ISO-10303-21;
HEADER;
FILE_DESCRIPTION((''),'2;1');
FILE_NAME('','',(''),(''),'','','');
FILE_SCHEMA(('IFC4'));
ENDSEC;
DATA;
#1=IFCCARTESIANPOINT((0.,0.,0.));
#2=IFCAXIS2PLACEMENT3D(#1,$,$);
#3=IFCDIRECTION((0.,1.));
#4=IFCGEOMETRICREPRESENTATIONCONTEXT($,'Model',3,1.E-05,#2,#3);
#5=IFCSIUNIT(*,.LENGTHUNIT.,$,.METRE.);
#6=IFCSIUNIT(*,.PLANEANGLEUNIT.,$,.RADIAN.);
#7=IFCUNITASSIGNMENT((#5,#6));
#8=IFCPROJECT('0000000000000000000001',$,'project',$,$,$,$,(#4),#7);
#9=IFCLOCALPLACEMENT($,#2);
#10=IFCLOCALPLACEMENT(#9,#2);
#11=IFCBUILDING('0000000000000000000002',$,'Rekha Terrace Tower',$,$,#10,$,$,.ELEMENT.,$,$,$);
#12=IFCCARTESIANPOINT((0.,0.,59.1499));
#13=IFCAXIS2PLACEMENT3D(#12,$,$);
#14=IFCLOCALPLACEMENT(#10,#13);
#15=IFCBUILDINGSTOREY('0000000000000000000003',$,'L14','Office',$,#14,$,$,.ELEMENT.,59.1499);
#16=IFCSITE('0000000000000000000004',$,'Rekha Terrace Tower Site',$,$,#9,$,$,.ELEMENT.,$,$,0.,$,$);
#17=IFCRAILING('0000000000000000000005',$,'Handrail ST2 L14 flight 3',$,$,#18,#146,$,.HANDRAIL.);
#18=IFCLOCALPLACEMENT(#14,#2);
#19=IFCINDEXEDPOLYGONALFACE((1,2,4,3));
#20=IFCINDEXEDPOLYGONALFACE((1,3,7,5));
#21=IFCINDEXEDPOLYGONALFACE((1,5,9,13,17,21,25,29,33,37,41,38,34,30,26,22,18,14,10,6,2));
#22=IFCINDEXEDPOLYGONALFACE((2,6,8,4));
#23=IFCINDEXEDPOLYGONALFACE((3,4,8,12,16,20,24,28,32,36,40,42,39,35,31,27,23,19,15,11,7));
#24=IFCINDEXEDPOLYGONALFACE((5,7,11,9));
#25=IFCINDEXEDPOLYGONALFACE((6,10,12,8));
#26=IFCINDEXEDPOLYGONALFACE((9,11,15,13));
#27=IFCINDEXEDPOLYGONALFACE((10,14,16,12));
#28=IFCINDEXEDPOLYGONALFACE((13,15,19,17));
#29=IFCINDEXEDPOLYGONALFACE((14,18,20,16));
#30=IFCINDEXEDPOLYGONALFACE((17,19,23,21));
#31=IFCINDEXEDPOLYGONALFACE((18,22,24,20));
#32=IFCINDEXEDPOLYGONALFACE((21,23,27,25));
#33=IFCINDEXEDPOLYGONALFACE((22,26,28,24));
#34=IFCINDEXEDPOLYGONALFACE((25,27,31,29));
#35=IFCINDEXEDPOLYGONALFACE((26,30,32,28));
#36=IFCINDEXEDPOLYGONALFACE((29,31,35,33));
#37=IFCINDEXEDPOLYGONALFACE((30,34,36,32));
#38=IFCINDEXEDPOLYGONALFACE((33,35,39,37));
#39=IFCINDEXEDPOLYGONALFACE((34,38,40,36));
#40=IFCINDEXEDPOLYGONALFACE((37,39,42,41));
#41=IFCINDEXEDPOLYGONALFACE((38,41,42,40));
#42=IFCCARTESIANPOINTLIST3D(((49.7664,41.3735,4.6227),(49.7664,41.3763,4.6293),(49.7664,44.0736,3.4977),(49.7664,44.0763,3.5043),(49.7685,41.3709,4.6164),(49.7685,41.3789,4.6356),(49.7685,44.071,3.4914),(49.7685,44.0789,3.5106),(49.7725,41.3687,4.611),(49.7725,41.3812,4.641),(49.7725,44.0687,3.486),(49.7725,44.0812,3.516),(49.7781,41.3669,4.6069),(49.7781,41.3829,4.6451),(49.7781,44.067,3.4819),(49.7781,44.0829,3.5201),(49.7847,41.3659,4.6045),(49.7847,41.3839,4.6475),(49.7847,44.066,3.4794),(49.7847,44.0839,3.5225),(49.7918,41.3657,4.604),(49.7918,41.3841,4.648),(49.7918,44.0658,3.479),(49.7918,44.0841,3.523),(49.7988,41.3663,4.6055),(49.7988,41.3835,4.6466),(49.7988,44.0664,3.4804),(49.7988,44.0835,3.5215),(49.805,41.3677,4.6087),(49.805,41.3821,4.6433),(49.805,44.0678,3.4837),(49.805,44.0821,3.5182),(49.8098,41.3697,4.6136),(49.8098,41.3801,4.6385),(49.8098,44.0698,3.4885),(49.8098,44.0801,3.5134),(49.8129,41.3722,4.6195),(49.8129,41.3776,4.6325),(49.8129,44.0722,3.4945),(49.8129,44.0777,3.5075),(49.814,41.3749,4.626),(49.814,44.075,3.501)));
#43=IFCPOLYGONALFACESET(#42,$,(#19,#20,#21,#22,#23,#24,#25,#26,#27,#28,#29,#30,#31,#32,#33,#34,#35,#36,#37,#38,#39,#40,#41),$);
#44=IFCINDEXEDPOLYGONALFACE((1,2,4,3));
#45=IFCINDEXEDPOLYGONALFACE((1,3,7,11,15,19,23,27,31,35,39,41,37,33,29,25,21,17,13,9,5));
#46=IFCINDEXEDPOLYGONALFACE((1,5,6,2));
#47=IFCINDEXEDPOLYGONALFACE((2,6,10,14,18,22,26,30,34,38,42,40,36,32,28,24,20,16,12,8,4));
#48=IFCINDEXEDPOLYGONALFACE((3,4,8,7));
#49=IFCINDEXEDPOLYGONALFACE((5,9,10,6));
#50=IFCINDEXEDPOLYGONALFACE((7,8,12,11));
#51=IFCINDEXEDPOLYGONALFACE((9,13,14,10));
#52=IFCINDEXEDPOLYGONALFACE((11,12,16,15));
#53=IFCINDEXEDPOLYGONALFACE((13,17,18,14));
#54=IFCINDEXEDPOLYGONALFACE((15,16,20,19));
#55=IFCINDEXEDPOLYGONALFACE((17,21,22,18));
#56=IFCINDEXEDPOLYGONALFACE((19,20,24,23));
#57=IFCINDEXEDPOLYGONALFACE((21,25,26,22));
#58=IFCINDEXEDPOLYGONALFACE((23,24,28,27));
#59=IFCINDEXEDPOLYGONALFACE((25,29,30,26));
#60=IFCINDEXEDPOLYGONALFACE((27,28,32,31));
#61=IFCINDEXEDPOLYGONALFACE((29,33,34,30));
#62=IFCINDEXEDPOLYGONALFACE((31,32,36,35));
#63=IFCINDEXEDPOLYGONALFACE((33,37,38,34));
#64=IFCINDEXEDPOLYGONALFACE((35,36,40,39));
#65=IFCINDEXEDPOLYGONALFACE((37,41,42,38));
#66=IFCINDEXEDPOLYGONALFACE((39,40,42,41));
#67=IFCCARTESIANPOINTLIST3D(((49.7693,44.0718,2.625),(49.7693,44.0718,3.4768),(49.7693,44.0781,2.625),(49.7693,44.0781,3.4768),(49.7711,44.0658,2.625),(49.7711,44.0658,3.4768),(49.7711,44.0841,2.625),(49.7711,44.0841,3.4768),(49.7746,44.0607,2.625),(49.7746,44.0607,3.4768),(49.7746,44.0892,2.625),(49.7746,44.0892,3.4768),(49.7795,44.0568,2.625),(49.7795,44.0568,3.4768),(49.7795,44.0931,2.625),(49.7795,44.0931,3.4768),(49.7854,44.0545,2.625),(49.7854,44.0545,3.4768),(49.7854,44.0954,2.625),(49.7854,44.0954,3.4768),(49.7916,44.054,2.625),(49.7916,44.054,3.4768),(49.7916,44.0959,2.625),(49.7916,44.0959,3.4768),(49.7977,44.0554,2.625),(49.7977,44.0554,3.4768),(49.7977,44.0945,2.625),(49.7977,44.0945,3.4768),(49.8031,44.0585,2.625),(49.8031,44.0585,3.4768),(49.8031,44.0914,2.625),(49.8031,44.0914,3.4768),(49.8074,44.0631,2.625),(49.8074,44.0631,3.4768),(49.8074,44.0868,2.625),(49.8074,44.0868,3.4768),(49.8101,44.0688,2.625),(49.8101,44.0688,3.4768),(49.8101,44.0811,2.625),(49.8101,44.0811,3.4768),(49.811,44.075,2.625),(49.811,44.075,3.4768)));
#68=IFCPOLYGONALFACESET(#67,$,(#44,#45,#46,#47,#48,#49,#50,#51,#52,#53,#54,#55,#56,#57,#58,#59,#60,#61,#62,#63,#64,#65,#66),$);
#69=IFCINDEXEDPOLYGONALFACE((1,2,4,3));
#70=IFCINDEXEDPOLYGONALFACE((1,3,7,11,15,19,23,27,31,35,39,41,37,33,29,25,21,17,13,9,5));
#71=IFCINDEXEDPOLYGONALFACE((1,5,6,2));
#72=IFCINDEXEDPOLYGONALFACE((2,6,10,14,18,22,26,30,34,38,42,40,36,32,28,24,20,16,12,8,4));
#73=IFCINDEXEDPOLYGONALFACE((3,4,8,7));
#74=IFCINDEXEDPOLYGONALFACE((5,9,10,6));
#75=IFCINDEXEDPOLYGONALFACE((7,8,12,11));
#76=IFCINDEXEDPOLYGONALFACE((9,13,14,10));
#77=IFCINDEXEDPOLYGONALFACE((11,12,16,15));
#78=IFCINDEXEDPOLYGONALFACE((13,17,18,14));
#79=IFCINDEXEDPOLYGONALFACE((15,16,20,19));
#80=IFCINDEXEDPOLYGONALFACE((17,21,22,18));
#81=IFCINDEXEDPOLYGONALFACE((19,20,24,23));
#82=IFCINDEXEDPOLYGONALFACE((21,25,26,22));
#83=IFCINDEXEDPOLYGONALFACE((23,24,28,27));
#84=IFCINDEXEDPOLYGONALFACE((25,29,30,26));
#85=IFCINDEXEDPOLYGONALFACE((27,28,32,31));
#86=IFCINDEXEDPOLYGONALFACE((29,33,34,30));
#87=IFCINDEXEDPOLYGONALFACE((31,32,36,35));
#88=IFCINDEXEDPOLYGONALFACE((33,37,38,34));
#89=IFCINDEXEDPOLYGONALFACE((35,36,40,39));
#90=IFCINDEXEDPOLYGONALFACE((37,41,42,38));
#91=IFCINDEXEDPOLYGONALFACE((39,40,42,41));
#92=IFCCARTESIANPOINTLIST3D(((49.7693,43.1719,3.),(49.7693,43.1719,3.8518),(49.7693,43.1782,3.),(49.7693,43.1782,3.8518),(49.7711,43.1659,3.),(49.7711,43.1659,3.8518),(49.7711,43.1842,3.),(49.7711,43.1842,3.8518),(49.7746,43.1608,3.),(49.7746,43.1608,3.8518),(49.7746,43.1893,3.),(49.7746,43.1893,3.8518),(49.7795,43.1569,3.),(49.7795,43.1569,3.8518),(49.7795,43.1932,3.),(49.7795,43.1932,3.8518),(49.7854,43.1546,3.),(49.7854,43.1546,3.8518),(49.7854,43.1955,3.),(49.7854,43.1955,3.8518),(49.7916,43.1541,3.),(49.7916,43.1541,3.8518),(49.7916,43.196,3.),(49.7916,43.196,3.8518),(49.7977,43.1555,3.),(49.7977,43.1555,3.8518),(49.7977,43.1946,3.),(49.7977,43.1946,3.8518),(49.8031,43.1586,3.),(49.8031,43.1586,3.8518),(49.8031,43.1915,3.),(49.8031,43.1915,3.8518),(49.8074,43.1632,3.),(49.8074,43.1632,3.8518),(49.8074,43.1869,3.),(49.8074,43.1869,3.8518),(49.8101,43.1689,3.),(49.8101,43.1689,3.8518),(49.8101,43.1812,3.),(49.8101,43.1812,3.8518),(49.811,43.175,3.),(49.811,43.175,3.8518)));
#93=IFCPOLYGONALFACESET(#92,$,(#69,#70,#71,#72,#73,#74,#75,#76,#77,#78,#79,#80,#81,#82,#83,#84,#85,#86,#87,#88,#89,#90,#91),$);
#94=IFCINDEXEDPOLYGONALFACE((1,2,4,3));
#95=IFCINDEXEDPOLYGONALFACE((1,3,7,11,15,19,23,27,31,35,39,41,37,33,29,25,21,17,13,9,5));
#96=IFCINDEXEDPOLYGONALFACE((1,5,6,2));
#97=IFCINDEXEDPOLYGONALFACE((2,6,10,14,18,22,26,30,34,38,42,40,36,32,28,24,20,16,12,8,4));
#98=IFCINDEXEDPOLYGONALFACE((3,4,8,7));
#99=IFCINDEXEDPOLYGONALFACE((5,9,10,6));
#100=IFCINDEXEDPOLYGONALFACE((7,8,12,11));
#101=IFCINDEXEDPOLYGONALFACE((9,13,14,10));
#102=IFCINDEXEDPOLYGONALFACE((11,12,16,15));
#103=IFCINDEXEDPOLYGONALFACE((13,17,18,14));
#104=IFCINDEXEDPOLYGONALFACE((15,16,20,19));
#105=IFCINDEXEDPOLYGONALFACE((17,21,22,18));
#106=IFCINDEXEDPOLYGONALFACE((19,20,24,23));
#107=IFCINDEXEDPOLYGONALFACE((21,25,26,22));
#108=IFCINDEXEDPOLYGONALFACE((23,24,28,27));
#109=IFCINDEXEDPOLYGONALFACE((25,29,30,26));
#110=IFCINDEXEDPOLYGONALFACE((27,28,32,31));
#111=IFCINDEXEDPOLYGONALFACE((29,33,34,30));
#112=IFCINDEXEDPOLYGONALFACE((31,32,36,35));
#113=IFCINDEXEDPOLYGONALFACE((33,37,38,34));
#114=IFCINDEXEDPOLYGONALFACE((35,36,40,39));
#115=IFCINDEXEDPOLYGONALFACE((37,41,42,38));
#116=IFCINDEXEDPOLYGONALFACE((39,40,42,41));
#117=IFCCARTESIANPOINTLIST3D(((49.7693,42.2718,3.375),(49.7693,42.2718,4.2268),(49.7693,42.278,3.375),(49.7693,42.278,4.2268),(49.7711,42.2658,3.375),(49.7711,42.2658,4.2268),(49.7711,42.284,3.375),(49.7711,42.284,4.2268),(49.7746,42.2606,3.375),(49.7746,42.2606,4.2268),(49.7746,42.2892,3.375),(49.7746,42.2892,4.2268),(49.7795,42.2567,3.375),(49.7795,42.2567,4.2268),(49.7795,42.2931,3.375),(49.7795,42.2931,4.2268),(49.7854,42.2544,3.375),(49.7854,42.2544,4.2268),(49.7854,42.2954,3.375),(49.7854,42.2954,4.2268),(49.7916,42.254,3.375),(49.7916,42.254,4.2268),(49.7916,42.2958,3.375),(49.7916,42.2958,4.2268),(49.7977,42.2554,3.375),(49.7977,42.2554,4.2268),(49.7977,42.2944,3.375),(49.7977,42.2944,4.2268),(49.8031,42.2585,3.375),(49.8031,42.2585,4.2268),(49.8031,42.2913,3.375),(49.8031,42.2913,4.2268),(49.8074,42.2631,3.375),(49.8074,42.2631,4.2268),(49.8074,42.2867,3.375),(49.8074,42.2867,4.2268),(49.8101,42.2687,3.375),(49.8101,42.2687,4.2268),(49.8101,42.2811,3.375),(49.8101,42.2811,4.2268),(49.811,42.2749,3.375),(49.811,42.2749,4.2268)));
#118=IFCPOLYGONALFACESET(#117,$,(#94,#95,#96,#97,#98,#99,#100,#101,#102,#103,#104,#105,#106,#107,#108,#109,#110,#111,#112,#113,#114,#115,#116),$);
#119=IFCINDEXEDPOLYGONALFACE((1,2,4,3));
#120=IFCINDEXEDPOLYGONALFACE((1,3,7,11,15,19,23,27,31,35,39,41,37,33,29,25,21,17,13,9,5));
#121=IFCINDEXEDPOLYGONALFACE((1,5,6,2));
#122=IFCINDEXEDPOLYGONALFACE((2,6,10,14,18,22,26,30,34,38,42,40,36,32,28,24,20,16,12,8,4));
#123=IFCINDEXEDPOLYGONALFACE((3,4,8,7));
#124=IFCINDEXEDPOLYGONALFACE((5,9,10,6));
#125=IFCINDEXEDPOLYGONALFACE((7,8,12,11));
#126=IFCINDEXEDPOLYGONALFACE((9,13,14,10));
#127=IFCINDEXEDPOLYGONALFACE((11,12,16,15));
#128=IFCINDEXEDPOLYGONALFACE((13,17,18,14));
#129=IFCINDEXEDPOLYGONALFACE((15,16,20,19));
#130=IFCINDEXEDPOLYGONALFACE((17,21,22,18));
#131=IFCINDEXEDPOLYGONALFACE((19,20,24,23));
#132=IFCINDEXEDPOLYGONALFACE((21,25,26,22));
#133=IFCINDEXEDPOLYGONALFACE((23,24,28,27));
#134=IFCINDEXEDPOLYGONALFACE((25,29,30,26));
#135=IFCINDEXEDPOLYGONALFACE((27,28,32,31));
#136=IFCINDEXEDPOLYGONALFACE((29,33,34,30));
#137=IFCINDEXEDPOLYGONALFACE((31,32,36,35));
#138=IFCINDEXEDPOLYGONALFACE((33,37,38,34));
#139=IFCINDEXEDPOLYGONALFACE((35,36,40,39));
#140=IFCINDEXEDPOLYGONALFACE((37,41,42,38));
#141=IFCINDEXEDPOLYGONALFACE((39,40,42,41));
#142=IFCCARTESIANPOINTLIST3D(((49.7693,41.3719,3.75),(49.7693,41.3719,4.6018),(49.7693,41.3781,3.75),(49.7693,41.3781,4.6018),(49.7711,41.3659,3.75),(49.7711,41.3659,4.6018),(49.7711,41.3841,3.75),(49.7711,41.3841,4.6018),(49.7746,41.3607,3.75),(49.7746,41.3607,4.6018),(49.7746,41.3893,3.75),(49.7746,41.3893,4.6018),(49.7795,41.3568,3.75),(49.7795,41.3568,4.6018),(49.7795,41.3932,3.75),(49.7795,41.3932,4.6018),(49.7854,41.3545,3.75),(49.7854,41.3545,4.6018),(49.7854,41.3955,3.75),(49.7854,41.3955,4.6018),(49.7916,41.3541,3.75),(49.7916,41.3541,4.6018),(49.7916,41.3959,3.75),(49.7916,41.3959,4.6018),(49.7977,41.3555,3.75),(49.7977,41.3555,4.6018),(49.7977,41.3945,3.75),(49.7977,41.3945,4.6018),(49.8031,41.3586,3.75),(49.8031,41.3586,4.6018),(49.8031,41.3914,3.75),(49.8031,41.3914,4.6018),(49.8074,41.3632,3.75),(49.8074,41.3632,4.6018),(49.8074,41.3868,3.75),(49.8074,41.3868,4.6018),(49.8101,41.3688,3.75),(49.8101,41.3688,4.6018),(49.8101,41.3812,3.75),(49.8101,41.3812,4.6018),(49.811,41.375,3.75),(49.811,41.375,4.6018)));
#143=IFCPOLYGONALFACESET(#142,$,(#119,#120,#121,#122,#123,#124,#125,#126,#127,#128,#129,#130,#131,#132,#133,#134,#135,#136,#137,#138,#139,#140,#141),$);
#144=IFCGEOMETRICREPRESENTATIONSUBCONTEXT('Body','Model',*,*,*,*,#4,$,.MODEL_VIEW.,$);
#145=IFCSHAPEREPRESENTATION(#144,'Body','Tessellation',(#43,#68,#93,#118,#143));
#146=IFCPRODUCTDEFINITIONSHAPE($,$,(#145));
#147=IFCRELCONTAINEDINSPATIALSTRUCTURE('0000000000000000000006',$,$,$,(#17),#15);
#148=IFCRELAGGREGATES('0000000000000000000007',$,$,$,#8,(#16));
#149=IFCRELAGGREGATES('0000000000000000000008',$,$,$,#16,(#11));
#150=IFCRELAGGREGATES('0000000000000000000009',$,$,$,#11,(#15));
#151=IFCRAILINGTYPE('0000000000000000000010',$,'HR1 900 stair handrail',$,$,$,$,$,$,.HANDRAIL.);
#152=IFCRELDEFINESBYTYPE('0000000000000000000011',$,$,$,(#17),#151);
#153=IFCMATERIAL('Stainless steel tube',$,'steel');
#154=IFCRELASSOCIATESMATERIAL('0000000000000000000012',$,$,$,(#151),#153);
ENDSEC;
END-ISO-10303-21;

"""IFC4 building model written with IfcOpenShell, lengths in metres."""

from ifc_helpers import new_model, si_unit, direction, frame, origin, origin_2d, place, context, subcontext, project, spatial, circle, extrude, material, type_object, element, save


model = new_model("IFC4")

# Units and contexts
model_context = context("Model", 3, precision=1e-05, world=origin(), true_north=direction((0.0, 1.0)))
body_context = subcontext(model_context, "Body", "Model", "MODEL_VIEW")
ifc_project = project(units=[si_unit("LENGTHUNIT", "METRE"), si_unit("PLANEANGLEUNIT", "RADIAN")], contexts=[model_context])

# Site, building, storey
site_placement = place(None, origin())
site = spatial("IfcSite", under=ifc_project, at=site_placement, Name="Rekha Terrace Tower Site", CompositionType="ELEMENT", RefElevation=0.0)
building_placement = place(site_placement, origin())
building = spatial("IfcBuilding", under=site, at=building_placement, Name="Rekha Terrace Tower", CompositionType="ELEMENT")
storey_placement = place(building_placement, frame((0.0, 0.0, 59.1499)))
storey = spatial("IfcBuildingStorey", under=building, at=storey_placement, Name="L14", Description="Office", CompositionType="ELEMENT", Elevation=59.1499)

# Railing
ifc_material_1 = material(Name="Stainless steel tube", Category="steel")
railing_type_1 = type_object("IfcRailingType", Name="HR1 900 stair handrail", PredefinedType="HANDRAIL", material=ifc_material_1)
railing_1_placement = place(storey_placement, frame((49.79, 44.075, 2.625)))
element("IfcRailing", 1, at=railing_1_placement, inside=storey, type_object=railing_type_1, Name="Handrail ST2 L14 flight 3", PredefinedType="HANDRAIL", context=body_context, shape_type="SweptSolid", body=[
    extrude(circle(Radius=0.0239, at=origin_2d()), frame((0.0, 0.0, 0.876), z_axis=(0.0, -0.923074, 0.384621), x_axis=(1.0, 0.0, 0.0)), (0.0, 0.0, 1.0), 2.925),
    extrude(circle(Radius=0.021, at=origin_2d()), origin(), (0.0, 0.0, 1.0), 0.8518),
    extrude(circle(Radius=0.021, at=origin_2d()), frame((0.0, -0.8999, 0.375)), (0.0, 0.0, 1.0), 0.8518),
    extrude(circle(Radius=0.021, at=origin_2d()), frame((0.0, -1.8, 0.75)), (0.0, 0.0, 1.0), 0.8518),
    extrude(circle(Radius=0.021, at=origin_2d()), frame((0.0, -2.7, 1.125)), (0.0, 0.0, 1.0), 0.8518),
])

save(model, "model.ifc")
